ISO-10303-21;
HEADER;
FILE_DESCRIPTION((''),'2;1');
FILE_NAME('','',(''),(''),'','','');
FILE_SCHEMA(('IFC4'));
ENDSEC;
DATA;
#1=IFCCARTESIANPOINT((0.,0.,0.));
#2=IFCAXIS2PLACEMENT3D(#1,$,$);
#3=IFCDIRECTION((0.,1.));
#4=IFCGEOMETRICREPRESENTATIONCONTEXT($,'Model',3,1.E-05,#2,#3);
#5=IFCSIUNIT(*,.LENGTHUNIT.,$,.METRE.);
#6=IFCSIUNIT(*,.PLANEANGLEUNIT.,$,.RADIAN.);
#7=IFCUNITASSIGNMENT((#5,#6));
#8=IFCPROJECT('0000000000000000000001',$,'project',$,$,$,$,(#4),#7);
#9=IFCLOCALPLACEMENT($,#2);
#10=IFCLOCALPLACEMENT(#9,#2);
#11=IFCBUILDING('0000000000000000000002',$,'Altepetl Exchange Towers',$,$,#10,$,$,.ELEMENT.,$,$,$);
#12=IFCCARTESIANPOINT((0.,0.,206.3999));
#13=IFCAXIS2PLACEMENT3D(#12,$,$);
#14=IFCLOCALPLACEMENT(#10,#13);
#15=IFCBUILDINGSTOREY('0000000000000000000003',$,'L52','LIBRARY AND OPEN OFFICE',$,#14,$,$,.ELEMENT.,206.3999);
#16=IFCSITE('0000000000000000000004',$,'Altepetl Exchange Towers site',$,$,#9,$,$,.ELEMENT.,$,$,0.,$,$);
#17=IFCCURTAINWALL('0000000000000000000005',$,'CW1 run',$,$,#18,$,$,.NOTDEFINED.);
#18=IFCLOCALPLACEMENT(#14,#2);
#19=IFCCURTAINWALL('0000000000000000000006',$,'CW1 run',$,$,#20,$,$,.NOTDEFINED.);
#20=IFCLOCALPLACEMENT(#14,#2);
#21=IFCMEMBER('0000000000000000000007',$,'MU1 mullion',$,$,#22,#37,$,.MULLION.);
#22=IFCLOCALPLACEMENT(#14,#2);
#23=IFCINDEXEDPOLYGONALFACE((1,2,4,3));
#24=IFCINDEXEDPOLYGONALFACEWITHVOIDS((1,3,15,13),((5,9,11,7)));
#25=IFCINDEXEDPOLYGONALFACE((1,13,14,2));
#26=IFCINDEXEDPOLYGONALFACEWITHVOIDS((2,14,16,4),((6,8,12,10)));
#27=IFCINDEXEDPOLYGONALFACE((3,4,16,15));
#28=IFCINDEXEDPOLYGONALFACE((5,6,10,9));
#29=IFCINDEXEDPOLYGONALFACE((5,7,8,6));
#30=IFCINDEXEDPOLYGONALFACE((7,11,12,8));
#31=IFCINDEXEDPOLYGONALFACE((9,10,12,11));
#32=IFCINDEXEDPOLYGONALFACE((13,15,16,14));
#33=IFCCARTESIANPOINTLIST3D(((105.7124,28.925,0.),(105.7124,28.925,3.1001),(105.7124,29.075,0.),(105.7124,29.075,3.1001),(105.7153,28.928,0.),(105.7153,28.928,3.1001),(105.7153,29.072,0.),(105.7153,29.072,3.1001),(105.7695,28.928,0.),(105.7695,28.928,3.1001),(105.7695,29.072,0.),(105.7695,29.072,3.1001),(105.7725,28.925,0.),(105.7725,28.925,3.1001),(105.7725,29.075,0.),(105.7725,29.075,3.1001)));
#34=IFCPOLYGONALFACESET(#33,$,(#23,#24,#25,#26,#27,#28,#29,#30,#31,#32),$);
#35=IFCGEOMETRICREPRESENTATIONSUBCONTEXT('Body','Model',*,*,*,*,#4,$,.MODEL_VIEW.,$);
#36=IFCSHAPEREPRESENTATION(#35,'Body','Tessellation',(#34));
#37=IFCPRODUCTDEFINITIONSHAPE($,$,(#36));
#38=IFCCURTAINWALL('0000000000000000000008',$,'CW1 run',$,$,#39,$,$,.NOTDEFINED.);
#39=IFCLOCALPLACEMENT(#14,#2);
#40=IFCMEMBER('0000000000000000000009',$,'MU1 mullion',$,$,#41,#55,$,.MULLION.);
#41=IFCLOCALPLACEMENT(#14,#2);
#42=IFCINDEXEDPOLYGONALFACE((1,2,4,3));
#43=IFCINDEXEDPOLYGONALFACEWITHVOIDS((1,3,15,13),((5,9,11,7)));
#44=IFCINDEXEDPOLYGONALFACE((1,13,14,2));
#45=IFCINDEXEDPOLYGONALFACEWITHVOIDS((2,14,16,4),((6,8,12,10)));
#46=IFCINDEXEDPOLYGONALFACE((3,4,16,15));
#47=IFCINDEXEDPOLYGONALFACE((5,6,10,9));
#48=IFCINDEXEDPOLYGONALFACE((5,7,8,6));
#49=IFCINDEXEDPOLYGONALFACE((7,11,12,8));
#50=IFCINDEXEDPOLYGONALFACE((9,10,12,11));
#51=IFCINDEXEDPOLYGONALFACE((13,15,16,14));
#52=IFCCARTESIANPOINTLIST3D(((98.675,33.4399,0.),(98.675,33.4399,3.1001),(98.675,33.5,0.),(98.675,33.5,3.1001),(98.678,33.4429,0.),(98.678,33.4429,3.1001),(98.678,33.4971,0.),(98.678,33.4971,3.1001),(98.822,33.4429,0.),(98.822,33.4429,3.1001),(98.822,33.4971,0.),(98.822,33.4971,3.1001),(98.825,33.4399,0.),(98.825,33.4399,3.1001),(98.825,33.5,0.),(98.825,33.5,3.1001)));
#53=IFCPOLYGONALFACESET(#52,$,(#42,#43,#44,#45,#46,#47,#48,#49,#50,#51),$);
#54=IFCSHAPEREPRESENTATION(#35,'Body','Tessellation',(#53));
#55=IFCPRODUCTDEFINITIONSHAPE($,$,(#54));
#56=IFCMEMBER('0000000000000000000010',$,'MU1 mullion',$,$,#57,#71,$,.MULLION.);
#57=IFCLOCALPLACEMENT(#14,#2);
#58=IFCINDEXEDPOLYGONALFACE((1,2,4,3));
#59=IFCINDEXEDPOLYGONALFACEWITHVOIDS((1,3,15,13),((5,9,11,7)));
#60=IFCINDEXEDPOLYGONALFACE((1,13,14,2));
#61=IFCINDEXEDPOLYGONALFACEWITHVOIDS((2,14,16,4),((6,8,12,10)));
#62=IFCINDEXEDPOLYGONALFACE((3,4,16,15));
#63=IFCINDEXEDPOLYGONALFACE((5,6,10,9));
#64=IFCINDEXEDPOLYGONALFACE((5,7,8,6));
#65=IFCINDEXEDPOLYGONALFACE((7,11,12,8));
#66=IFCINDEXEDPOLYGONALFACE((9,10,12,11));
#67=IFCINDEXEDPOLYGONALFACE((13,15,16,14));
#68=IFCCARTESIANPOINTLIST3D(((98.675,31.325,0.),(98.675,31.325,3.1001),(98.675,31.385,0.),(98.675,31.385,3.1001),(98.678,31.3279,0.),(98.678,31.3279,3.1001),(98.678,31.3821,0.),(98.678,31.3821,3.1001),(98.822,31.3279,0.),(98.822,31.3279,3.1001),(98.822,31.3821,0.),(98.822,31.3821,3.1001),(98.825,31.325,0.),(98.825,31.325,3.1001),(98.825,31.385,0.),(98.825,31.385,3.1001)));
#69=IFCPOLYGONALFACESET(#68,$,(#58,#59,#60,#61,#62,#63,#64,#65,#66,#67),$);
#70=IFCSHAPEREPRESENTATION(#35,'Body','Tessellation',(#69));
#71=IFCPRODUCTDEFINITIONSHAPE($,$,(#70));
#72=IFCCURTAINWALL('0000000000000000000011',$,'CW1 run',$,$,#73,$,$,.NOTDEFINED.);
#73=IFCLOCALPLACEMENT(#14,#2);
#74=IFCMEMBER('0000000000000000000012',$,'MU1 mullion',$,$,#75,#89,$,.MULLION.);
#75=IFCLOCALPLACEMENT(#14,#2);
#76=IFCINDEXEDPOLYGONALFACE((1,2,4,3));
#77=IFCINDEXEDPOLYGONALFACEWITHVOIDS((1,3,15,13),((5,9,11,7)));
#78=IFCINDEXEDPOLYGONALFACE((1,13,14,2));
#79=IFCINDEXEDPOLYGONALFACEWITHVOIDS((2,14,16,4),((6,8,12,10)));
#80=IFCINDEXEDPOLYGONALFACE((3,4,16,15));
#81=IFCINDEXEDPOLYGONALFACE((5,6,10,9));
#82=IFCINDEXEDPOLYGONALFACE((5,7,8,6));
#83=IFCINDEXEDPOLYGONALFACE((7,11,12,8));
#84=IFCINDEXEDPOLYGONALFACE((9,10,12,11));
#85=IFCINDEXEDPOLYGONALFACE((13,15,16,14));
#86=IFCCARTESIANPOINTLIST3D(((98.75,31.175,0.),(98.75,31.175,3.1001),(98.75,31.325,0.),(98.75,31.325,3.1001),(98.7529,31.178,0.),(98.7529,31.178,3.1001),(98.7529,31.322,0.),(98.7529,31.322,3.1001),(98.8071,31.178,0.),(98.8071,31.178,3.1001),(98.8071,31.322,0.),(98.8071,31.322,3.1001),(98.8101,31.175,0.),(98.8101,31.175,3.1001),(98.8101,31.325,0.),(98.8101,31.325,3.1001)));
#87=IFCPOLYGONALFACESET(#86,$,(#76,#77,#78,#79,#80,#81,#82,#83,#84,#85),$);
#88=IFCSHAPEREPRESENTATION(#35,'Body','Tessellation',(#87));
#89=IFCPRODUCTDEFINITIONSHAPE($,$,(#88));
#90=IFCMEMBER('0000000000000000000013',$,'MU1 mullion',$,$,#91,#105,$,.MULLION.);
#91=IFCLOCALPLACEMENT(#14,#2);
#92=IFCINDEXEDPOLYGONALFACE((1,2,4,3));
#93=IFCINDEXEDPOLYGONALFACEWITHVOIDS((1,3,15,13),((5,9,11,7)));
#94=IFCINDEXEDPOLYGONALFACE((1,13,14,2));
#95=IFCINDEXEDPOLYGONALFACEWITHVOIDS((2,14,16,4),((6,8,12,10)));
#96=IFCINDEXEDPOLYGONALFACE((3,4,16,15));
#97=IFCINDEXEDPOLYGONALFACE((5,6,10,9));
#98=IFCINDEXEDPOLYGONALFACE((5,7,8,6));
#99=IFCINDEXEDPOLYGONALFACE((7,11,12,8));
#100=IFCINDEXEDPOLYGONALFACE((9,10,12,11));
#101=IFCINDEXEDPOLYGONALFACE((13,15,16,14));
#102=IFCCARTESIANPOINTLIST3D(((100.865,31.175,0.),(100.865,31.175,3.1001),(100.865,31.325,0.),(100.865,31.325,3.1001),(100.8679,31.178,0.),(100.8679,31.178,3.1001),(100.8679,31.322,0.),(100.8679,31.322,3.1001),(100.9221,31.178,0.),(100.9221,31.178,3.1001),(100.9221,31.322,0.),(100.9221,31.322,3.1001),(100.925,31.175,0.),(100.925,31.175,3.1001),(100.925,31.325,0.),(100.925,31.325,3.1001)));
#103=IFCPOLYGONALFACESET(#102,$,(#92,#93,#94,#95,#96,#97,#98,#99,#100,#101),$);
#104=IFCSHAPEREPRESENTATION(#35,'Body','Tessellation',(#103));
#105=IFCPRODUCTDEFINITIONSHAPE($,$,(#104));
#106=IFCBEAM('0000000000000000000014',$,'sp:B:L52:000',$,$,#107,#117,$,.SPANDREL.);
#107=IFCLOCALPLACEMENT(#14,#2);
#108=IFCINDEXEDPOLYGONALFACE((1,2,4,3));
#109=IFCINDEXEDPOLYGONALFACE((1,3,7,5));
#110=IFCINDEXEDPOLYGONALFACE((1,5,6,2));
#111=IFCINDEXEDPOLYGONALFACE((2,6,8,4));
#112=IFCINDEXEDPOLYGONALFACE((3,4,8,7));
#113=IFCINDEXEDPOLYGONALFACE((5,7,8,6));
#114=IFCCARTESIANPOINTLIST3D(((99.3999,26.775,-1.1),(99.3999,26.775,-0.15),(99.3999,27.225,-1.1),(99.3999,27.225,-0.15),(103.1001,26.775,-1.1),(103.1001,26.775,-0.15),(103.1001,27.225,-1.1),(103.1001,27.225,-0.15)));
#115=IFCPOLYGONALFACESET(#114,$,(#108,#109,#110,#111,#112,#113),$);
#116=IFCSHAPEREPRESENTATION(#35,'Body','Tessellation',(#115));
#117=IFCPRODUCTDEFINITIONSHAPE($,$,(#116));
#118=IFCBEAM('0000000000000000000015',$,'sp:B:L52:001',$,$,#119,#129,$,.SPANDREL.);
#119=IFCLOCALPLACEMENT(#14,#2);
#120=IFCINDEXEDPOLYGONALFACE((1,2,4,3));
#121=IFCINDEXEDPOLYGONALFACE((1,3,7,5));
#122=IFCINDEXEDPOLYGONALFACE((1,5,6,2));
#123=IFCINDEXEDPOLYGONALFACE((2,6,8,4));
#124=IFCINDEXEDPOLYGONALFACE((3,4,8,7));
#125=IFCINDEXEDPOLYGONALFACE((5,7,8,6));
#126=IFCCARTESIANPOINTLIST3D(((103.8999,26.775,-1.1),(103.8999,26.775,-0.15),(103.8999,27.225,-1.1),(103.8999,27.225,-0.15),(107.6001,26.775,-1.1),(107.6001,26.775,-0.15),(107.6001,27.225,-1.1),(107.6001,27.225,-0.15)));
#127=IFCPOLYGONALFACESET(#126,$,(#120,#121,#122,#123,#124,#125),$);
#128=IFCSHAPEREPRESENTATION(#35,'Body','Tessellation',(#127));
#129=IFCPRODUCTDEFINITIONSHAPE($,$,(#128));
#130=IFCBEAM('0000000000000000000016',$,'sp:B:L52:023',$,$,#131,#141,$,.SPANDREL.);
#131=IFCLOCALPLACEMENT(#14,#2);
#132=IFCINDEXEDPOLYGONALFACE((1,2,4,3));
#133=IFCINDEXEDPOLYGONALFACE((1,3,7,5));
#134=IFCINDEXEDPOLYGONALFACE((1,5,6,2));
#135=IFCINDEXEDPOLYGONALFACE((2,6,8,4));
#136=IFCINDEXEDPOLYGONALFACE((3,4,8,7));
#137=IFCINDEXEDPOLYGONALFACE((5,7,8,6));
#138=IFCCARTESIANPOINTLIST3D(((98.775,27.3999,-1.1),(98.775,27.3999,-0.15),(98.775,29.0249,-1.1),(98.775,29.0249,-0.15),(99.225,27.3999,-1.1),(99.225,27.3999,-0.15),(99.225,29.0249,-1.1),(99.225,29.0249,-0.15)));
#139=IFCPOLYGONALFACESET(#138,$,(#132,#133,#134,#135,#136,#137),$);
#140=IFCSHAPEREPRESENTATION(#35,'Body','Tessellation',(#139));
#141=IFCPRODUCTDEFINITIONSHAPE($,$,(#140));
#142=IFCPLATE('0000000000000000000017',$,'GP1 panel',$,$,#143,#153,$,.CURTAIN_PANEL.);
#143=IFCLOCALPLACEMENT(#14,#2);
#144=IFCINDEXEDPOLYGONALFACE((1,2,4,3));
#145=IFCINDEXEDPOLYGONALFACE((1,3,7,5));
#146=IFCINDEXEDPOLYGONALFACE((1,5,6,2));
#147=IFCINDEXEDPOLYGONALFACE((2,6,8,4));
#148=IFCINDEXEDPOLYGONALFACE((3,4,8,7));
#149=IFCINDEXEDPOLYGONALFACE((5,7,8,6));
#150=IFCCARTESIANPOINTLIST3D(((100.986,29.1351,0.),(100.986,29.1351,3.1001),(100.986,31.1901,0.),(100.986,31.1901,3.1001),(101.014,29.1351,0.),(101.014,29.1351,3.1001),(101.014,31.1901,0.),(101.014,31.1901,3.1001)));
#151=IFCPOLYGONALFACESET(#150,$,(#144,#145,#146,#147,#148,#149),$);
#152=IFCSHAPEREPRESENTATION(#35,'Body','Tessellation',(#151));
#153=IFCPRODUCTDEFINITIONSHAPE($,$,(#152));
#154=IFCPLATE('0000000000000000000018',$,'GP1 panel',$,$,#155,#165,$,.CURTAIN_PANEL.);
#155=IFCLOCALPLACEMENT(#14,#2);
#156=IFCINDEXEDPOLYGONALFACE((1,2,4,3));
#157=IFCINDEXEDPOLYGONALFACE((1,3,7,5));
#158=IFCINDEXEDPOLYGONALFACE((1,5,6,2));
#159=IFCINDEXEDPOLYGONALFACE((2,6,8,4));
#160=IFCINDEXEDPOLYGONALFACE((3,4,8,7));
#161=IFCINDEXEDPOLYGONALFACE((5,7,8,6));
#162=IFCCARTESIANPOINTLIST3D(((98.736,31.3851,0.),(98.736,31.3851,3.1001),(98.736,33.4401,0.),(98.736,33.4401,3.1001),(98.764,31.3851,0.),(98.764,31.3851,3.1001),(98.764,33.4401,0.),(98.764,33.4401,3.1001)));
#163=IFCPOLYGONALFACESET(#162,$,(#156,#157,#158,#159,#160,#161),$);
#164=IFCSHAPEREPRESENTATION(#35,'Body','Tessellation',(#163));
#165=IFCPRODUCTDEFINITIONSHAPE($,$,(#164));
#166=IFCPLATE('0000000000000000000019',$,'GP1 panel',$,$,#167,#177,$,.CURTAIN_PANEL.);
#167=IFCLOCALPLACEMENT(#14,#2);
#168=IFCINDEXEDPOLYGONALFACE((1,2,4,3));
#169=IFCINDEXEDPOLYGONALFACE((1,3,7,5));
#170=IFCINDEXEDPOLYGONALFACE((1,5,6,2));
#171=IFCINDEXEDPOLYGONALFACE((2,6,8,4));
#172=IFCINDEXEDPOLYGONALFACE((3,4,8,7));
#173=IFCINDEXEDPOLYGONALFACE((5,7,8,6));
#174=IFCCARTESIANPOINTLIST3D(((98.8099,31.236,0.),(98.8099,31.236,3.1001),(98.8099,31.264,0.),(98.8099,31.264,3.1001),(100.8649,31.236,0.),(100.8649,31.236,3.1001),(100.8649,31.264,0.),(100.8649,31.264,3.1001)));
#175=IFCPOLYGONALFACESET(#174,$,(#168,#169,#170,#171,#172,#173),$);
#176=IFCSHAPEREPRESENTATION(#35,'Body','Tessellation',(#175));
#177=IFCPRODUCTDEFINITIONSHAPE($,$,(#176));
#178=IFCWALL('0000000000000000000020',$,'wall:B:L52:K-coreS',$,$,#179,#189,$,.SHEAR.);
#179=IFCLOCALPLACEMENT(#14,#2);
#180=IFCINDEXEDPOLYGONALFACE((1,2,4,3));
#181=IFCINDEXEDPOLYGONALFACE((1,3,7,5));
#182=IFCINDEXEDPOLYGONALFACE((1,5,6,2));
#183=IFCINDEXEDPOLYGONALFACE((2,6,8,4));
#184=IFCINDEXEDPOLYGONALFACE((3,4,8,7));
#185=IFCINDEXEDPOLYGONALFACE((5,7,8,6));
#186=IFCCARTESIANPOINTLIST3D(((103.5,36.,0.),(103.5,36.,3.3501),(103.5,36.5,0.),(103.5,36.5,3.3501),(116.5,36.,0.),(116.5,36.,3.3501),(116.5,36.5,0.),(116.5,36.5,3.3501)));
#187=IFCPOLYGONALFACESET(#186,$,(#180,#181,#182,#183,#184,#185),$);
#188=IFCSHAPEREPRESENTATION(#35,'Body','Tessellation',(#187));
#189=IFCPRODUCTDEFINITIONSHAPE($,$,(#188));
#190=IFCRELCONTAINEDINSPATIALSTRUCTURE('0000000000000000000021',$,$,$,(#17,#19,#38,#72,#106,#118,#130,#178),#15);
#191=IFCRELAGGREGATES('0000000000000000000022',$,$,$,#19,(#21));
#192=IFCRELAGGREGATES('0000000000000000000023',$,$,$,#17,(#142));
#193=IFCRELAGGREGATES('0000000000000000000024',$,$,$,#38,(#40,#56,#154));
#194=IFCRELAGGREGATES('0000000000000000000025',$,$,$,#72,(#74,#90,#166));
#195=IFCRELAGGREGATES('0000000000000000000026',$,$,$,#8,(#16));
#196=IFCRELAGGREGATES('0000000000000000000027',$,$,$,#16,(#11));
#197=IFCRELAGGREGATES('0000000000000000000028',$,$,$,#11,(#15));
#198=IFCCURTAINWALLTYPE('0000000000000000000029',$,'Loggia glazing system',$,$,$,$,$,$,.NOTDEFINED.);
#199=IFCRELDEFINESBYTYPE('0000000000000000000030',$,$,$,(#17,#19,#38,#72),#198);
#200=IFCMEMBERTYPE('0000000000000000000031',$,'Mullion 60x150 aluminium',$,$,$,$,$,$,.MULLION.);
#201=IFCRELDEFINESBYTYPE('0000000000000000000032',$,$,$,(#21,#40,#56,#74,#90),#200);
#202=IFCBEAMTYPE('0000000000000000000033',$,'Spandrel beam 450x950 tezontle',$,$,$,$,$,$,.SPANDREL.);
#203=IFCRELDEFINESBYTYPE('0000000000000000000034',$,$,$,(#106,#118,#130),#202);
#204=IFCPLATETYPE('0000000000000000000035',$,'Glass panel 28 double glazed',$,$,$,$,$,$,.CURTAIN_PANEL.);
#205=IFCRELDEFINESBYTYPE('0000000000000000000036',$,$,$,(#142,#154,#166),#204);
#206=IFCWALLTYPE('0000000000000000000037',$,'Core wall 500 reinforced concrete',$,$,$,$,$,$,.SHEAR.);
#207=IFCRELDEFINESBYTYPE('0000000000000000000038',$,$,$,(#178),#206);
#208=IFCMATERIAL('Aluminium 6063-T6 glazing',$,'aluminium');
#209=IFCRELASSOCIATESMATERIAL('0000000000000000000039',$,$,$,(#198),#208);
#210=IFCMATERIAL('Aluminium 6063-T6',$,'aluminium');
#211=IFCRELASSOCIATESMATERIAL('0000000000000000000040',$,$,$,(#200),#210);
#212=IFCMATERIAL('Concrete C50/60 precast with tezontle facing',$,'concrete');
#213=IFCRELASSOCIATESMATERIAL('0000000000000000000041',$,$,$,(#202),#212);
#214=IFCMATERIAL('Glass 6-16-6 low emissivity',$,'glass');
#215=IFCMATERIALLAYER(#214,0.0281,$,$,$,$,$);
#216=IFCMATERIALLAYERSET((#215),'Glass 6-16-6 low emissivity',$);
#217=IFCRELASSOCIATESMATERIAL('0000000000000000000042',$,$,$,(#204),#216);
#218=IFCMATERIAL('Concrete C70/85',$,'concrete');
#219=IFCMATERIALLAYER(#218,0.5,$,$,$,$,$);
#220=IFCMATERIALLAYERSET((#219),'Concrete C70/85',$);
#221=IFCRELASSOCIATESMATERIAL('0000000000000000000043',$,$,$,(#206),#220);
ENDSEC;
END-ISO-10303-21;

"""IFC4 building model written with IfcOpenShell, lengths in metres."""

from ifc_helpers import new_model, si_unit, direction, frame, frame_2d, origin, origin_2d, place, context, subcontext, project, spatial, rectangle, hollow_rectangle, extrude, material, layer, layer_set, material_profile, profile_set, type_object, element, aggregate, save


model = new_model("IFC4")

# Units and contexts
model_context = context("Model", 3, precision=1e-05, world=origin(), true_north=direction((0.0, 1.0)))
body_context = subcontext(model_context, "Body", "Model", "MODEL_VIEW")
ifc_project = project(units=[si_unit("LENGTHUNIT", "METRE"), si_unit("PLANEANGLEUNIT", "RADIAN")], contexts=[model_context])

# Site, building, storey
site_placement = place(None, origin())
site = spatial("IfcSite", under=ifc_project, at=site_placement, Name="Altepetl Exchange Towers site", CompositionType="ELEMENT", RefElevation=0.0)
building_placement = place(site_placement, origin())
building = spatial("IfcBuilding", under=site, at=building_placement, Name="Altepetl Exchange Towers", CompositionType="ELEMENT")
storey_placement = place(building_placement, frame((0.0, 0.0, 206.3999)))
storey = spatial("IfcBuildingStorey", under=building, at=storey_placement, Name="L52", Description="LIBRARY AND OPEN OFFICE", CompositionType="ELEMENT", Elevation=206.3999)

# Shared definitions
ifc_material_1 = material(Name="Concrete C70/85", Category="concrete")

# Curtain wall
ifc_material_2 = material(Name="Aluminium 6063-T6 glazing", Category="aluminium")
curtain_wall_type = type_object("IfcCurtainWallType", Name="Loggia glazing system", PredefinedType="NOTDEFINED", material=ifc_material_2)
curtain_wall_1_placement = place(storey_placement, origin())
curtain_wall_1 = element("IfcCurtainWall", 1, at=curtain_wall_1_placement, inside=storey, type_object=curtain_wall_type, Name="CW1 run", PredefinedType="NOTDEFINED")
ifc_material_3 = material(Name="Aluminium 6063-T6", Category="aluminium")
ifc_material_profile_1 = material_profile(ifc_material_3, hollow_rectangle(XDim=0.0601, YDim=0.1499, WallThickness=0.0029, at=origin_2d()), Name="Mullion 60x150 aluminium")
ifc_profile_set_1 = profile_set([ifc_material_profile_1], Name="Aluminium 6063-T6")
member_type = type_object("IfcMemberType", Name="Mullion 60x150 aluminium", PredefinedType="MULLION", material=ifc_profile_set_1)

# Curtain wall, member
curtain_wall_2_placement = place(storey_placement, origin())
curtain_wall_2 = element("IfcCurtainWall", 2, at=curtain_wall_2_placement, inside=storey, type_object=curtain_wall_type, Name="CW1 run", PredefinedType="NOTDEFINED")
member_1_placement = place(storey_placement, frame((105.7424, 29.0, 0.0)))
member_1 = element("IfcMember", 3, at=member_1_placement, type_object=member_type, Name="MU1 mullion", PredefinedType="MULLION", context=body_context, shape_type="SweptSolid", body=[
    extrude(hollow_rectangle(XDim=0.0601, YDim=0.1499, WallThickness=0.0029, at=origin_2d()), origin(), (0.0, 0.0, 1.0), 3.1001),
])
aggregate(curtain_wall_2, [member_1])

# Curtain walls, members
curtain_wall_3_placement = place(storey_placement, origin())
curtain_wall_3 = element("IfcCurtainWall", 4, at=curtain_wall_3_placement, inside=storey, type_object=curtain_wall_type, Name="CW1 run", PredefinedType="NOTDEFINED")
member_2_placement = place(storey_placement, frame((98.75, 33.47, 0.0), z_axis=(0.0, 0.0, 1.0), x_axis=(0.0, -1.0, 0.0)))
member_2 = element("IfcMember", 5, at=member_2_placement, type_object=member_type, Name="MU1 mullion", PredefinedType="MULLION", context=body_context, shape_type="SweptSolid", body=[
    extrude(hollow_rectangle(XDim=0.0601, YDim=0.1499, WallThickness=0.0029, at=origin_2d()), origin(), (0.0, 0.0, 1.0), 3.1001),
])
member_3_placement = place(storey_placement, frame((98.75, 31.355, 0.0), z_axis=(0.0, 0.0, 1.0), x_axis=(0.0, -1.0, 0.0)))
member_3 = element("IfcMember", 6, at=member_3_placement, type_object=member_type, Name="MU1 mullion", PredefinedType="MULLION", context=body_context, shape_type="SweptSolid", body=[
    extrude(hollow_rectangle(XDim=0.0601, YDim=0.1499, WallThickness=0.0029, at=origin_2d()), origin(), (0.0, 0.0, 1.0), 3.1001),
])
curtain_wall_4_placement = place(storey_placement, origin())
curtain_wall_4 = element("IfcCurtainWall", 7, at=curtain_wall_4_placement, inside=storey, type_object=curtain_wall_type, Name="CW1 run", PredefinedType="NOTDEFINED")
member_4_placement = place(storey_placement, frame((98.78, 31.25, 0.0)))
member_4 = element("IfcMember", 8, at=member_4_placement, type_object=member_type, Name="MU1 mullion", PredefinedType="MULLION", context=body_context, shape_type="SweptSolid", body=[
    extrude(hollow_rectangle(XDim=0.0601, YDim=0.1499, WallThickness=0.0029, at=origin_2d()), origin(), (0.0, 0.0, 1.0), 3.1001),
])
member_5_placement = place(storey_placement, frame((100.895, 31.25, 0.0)))
member_5 = element("IfcMember", 9, at=member_5_placement, type_object=member_type, Name="MU1 mullion", PredefinedType="MULLION", context=body_context, shape_type="SweptSolid", body=[
    extrude(hollow_rectangle(XDim=0.0601, YDim=0.1499, WallThickness=0.0029, at=origin_2d()), origin(), (0.0, 0.0, 1.0), 3.1001),
])

# Beams
ifc_material_4 = material(Name="Concrete C50/60 precast with tezontle facing", Category="concrete")
ifc_material_profile_2 = material_profile(ifc_material_4, rectangle(XDim=0.45, YDim=0.95, at=origin_2d()), Name="450 x 950")
ifc_profile_set_2 = profile_set([ifc_material_profile_2], Name="Concrete C50/60 precast with tezontle facing")
beam_type_1 = type_object("IfcBeamType", Name="Spandrel beam 450x950 tezontle", PredefinedType="SPANDREL", material=ifc_profile_set_2)
for number, where, z_axis, x_axis, name in (
    (10, (99.3999, 27.0, -0.625), (1.0, 0.0, 0.0), (0.0, 1.0, 0.0), "sp:B:L52:000"),
    (11, (103.8999, 27.0, -0.625), (1.0, 0.0, 0.0), (0.0, 1.0, 0.0), "sp:B:L52:001"),
):
    element("IfcBeam", number, at=place(storey_placement, frame(where, z_axis=z_axis, x_axis=x_axis)), inside=storey, type_object=beam_type_1, Name=name, PredefinedType="SPANDREL", context=body_context, shape_type="SweptSolid", body=[
        extrude(rectangle(XDim=0.45, YDim=0.95, at=origin_2d()), origin(), (0.0, 0.0, 1.0), 3.7002),
    ])
beam_1_placement = place(storey_placement, frame((99.0, 29.0249, -0.625), z_axis=(0.0, -1.0, 0.0), x_axis=(1.0, 0.0, 0.0)))
element("IfcBeam", 12, at=beam_1_placement, inside=storey, type_object=beam_type_1, Name="sp:B:L52:023", PredefinedType="SPANDREL", context=body_context, shape_type="SweptSolid", body=[
    extrude(rectangle(XDim=0.45, YDim=0.95, at=origin_2d()), origin(), (0.0, 0.0, 1.0), 1.625),
])

# Plates
ifc_material_5 = material(Name="Glass 6-16-6 low emissivity", Category="glass")
ifc_layer_1 = layer(ifc_material_5, 0.0281)
ifc_layer_set_1 = layer_set([ifc_layer_1], Name="Glass 6-16-6 low emissivity")
plate_type = type_object("IfcPlateType", Name="Glass panel 28 double glazed", PredefinedType="CURTAIN_PANEL", material=ifc_layer_set_1)
plate_1_placement = place(storey_placement, frame((101.0, 30.1626, 0.0), z_axis=(0.0, 0.0, 1.0), x_axis=(0.0, -1.0, 0.0)))
plate_1 = element("IfcPlate", 13, at=plate_1_placement, type_object=plate_type, Name="GP1 panel", PredefinedType="CURTAIN_PANEL", context=body_context, shape_type="SweptSolid", body=[
    extrude(rectangle(XDim=2.0549, YDim=0.0281, at=origin_2d()), origin(), (0.0, 0.0, 1.0), 3.1001),
])
aggregate(curtain_wall_1, [plate_1])
plate_2_placement = place(storey_placement, frame((98.75, 32.4126, 0.0), z_axis=(0.0, 0.0, 1.0), x_axis=(0.0, -1.0, 0.0)))
plate_2 = element("IfcPlate", 14, at=plate_2_placement, type_object=plate_type, Name="GP1 panel", PredefinedType="CURTAIN_PANEL", context=body_context, shape_type="SweptSolid", body=[
    extrude(rectangle(XDim=2.0549, YDim=0.0281, at=origin_2d()), origin(), (0.0, 0.0, 1.0), 3.1001),
])
aggregate(curtain_wall_3, [member_2, member_3, plate_2])
plate_3_placement = place(storey_placement, frame((99.8374, 31.25, 0.0)))
plate_3 = element("IfcPlate", 15, at=plate_3_placement, type_object=plate_type, Name="GP1 panel", PredefinedType="CURTAIN_PANEL", context=body_context, shape_type="SweptSolid", body=[
    extrude(rectangle(XDim=2.0549, YDim=0.0281, at=origin_2d()), origin(), (0.0, 0.0, 1.0), 3.1001),
])
aggregate(curtain_wall_4, [member_4, member_5, plate_3])

# Wall
ifc_layer_2 = layer(ifc_material_1, 0.5)
ifc_layer_set_2 = layer_set([ifc_layer_2], Name="Concrete C70/85")
wall_type_1 = type_object("IfcWallType", Name="Core wall 500 reinforced concrete", PredefinedType="SHEAR", material=ifc_layer_set_2)
wall_1_placement = place(storey_placement, frame((103.5, 36.25, 0.0)))
element("IfcWall", 16, at=wall_1_placement, inside=storey, type_object=wall_type_1, Name="wall:B:L52:K-coreS", PredefinedType="SHEAR", context=body_context, shape_type="SweptSolid", body=[
    extrude(rectangle(XDim=13.0, YDim=0.5, at=frame_2d((6.5, 0.0))), origin(), (0.0, 0.0, 1.0), 3.3501),
])

save(model, "model.ifc")
